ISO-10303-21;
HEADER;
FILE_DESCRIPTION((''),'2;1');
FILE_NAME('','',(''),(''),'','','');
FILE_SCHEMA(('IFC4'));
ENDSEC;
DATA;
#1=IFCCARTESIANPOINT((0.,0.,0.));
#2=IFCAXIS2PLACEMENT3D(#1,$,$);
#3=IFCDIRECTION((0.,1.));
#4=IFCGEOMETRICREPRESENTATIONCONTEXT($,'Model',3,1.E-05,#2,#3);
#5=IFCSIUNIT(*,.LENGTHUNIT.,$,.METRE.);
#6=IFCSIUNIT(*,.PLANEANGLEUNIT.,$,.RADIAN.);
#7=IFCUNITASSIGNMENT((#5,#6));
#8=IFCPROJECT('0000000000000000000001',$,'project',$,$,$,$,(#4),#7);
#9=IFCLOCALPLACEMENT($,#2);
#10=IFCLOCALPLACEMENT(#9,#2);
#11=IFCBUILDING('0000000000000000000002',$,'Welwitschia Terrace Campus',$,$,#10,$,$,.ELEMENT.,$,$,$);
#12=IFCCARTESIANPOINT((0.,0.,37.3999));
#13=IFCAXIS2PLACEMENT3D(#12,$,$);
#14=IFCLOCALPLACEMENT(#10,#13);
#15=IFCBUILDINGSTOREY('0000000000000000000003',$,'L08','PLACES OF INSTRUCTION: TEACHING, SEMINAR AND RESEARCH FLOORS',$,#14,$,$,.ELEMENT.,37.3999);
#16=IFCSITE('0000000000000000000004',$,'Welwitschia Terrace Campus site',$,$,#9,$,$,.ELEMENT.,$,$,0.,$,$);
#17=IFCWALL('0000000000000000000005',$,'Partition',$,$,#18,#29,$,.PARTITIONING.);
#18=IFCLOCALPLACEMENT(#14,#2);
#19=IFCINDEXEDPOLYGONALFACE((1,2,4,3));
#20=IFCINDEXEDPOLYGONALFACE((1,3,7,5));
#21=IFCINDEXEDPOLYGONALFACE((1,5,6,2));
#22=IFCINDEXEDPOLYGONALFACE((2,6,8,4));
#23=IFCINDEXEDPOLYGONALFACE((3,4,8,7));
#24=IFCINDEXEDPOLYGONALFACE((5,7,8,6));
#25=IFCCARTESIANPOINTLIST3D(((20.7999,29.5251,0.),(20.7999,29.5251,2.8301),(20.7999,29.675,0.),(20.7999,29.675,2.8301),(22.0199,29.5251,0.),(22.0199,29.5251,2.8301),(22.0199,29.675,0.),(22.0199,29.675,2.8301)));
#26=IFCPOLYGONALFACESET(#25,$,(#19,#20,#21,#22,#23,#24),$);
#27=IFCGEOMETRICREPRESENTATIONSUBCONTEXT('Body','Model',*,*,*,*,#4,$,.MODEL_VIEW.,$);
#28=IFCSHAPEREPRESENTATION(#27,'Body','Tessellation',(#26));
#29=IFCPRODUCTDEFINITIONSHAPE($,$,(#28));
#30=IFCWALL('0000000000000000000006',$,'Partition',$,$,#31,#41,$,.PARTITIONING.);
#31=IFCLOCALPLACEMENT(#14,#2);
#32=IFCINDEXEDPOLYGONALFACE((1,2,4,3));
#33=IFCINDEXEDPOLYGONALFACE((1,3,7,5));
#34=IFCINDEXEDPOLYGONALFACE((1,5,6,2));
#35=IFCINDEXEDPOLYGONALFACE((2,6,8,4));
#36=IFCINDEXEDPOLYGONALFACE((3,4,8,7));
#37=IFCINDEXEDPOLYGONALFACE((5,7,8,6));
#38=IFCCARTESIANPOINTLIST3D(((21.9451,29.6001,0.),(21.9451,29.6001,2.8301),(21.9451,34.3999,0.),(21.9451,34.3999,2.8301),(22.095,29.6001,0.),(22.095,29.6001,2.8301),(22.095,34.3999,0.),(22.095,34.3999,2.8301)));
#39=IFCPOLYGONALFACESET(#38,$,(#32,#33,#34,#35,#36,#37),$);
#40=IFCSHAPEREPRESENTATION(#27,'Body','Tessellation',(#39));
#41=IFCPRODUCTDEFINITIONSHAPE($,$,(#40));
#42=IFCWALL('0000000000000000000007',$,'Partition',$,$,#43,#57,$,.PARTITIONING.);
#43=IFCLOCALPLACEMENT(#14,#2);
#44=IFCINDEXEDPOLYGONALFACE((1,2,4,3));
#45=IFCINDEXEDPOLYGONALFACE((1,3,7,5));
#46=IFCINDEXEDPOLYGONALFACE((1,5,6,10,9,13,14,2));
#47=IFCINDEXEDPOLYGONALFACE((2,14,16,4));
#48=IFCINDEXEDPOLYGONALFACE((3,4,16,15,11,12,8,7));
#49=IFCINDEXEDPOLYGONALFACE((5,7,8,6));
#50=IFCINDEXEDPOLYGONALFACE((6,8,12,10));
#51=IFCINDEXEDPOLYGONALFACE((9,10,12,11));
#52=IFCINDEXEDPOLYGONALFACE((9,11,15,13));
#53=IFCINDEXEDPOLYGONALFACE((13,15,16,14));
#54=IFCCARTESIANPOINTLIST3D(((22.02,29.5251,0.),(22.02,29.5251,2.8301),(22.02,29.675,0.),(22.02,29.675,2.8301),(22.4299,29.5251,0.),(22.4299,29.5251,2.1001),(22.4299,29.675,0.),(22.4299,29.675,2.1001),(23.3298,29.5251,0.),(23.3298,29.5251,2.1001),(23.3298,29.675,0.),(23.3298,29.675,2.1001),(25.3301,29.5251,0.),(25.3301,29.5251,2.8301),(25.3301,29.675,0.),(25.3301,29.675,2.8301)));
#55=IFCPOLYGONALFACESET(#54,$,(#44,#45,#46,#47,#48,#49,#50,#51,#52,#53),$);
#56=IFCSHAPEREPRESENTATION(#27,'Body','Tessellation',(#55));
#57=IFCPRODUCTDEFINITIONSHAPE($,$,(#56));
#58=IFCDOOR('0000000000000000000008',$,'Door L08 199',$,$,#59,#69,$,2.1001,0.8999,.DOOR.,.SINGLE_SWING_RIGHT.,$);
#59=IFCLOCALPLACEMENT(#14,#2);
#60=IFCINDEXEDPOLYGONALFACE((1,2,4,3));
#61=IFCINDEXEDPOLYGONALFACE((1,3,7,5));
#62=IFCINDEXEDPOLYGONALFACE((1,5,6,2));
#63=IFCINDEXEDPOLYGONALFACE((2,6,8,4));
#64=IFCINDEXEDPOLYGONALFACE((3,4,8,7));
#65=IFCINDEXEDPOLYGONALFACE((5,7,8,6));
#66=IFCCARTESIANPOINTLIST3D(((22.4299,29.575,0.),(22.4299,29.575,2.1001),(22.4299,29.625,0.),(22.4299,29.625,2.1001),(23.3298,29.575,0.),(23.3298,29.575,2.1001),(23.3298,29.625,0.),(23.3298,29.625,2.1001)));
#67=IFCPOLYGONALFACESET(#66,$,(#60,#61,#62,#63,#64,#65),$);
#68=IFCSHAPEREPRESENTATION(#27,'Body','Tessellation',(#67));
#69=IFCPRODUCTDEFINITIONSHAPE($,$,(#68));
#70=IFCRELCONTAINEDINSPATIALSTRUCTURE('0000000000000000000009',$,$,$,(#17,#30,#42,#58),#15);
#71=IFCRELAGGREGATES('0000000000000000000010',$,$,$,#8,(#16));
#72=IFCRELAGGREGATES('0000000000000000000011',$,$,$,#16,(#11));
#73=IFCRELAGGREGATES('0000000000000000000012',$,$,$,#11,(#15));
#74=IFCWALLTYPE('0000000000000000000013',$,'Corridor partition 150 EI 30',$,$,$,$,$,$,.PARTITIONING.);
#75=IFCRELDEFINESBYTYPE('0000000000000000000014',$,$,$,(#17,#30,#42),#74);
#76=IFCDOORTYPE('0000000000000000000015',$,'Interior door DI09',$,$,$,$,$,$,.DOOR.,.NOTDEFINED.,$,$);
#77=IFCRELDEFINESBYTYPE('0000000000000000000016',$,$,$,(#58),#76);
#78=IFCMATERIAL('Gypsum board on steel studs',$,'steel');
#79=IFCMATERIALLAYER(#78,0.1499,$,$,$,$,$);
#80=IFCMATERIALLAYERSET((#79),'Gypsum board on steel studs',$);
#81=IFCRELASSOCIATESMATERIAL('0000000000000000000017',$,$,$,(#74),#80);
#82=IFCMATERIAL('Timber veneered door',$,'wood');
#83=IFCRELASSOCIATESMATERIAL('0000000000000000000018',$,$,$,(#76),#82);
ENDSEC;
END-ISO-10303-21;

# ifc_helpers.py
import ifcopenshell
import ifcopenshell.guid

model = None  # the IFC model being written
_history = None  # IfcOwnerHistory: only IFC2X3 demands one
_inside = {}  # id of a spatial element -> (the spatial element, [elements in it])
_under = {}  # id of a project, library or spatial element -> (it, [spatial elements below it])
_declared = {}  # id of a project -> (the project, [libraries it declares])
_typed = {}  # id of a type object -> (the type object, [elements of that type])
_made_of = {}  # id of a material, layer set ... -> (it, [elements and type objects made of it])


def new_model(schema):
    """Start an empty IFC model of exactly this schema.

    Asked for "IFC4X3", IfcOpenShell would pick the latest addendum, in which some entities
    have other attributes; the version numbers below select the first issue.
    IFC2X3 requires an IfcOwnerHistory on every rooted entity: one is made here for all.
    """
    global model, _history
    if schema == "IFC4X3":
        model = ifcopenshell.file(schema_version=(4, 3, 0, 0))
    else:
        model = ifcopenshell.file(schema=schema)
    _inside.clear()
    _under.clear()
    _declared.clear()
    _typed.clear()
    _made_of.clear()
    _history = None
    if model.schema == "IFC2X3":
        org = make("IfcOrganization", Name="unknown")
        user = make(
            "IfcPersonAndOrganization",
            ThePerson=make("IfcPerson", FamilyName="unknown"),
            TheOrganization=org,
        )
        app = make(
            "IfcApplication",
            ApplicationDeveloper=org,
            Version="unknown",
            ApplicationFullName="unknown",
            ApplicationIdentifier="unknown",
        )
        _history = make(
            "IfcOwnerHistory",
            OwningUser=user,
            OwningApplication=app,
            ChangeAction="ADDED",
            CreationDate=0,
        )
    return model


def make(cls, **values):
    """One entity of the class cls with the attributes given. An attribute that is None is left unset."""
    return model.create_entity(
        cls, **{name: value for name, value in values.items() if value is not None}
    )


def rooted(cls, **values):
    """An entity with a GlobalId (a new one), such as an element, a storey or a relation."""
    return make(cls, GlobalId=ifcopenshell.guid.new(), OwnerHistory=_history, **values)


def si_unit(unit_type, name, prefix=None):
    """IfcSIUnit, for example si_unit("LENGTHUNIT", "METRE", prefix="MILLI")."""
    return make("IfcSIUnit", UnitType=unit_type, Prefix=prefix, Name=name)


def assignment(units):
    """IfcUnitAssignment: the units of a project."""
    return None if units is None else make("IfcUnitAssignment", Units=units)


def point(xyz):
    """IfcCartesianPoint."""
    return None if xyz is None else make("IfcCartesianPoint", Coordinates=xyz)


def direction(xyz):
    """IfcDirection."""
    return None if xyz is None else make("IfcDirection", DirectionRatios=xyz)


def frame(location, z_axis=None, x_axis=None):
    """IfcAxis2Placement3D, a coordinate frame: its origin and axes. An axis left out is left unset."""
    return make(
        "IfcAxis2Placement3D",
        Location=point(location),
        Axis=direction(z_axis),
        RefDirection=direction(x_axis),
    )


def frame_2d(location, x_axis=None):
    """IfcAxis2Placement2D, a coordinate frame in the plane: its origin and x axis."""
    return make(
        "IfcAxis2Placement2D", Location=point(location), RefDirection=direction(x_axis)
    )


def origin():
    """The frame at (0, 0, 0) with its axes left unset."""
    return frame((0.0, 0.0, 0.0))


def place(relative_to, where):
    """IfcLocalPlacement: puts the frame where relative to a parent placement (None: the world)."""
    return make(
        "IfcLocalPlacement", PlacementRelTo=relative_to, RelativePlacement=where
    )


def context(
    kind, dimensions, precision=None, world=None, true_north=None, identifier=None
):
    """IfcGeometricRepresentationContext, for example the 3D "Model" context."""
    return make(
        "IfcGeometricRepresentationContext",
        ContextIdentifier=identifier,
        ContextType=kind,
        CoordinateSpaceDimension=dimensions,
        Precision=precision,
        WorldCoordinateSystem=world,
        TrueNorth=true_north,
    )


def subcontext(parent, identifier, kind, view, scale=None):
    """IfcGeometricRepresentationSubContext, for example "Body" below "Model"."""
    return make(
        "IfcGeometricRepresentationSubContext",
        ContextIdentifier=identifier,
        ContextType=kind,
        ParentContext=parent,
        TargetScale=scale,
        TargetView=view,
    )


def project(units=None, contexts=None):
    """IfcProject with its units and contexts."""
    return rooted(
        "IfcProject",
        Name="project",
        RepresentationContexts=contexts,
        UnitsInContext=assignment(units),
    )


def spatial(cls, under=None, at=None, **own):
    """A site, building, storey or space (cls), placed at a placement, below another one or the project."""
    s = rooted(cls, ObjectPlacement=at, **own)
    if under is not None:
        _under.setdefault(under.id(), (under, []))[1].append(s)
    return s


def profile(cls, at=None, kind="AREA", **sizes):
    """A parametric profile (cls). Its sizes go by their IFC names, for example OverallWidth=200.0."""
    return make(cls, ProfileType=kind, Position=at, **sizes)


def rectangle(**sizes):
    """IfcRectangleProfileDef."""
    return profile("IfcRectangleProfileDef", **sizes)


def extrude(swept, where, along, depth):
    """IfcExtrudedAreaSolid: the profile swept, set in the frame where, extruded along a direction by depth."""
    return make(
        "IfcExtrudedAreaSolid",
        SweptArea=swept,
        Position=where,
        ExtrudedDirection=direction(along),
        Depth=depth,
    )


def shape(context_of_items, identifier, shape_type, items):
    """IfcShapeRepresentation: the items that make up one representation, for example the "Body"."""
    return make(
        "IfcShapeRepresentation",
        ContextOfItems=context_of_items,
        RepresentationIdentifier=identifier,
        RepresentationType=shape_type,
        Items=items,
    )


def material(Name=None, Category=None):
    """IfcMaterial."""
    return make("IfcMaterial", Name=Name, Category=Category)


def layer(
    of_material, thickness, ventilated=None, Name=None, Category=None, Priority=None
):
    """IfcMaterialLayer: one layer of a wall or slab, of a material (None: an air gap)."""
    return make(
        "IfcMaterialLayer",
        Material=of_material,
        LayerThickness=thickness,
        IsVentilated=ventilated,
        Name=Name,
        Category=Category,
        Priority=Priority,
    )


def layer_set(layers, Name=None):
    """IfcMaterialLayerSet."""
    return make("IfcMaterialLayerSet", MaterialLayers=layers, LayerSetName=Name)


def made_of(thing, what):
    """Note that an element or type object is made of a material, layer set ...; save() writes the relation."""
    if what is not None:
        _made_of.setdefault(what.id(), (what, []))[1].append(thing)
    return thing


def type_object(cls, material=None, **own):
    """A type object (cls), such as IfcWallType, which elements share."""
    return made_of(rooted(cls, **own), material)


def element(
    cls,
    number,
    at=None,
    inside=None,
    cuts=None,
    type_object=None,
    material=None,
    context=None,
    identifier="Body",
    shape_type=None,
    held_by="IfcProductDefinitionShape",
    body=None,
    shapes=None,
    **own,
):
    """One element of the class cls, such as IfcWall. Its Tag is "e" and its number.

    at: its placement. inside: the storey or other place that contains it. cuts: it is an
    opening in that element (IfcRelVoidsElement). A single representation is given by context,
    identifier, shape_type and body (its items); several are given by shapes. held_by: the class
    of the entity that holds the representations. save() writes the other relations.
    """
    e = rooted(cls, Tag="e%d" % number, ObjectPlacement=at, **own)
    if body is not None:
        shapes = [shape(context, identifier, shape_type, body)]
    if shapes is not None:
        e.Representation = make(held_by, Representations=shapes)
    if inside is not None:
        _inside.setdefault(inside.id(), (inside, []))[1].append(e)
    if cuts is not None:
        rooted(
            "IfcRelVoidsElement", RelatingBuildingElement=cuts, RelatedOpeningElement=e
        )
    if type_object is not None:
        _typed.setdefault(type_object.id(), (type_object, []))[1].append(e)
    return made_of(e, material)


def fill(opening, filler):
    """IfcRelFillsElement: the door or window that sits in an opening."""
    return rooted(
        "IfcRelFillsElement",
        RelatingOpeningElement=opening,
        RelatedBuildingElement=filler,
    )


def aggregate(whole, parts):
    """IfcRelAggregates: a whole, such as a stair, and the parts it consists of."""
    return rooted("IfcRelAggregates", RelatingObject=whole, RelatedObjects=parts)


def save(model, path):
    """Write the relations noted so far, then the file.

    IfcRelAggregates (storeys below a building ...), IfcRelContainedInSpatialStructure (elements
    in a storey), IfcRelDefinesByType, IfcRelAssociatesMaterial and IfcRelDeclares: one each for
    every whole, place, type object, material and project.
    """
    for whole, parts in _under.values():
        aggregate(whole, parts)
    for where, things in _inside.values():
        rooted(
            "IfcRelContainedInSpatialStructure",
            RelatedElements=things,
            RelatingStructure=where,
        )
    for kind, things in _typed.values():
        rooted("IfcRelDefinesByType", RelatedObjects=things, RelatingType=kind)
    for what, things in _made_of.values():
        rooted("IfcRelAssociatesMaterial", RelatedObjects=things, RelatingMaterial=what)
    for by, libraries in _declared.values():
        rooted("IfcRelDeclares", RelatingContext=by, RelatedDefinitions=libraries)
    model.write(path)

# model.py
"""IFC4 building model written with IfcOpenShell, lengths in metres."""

from ifc_helpers import new_model, si_unit, direction, frame, frame_2d, origin, place, context, subcontext, project, spatial, rectangle, extrude, material, layer, layer_set, type_object, element, fill, save


model = new_model("IFC4")

# Units and contexts
model_context = context("Model", 3, precision=1e-05, world=origin(), true_north=direction((0.0, 1.0)))
body_context = subcontext(model_context, "Body", "Model", "MODEL_VIEW")
ifc_project = project(units=[si_unit("LENGTHUNIT", "METRE"), si_unit("PLANEANGLEUNIT", "RADIAN")], contexts=[model_context])

# Site, building, storey
site_placement = place(None, origin())
site = spatial("IfcSite", under=ifc_project, at=site_placement, Name="Welwitschia Terrace Campus site", CompositionType="ELEMENT", RefElevation=0.0)
building_placement = place(site_placement, origin())
building = spatial("IfcBuilding", under=site, at=building_placement, Name="Welwitschia Terrace Campus", CompositionType="ELEMENT")
storey_placement = place(building_placement, frame((0.0, 0.0, 37.3999)))
storey = spatial("IfcBuildingStorey", under=building, at=storey_placement, Name="L08", Description="PLACES OF INSTRUCTION: TEACHING, SEMINAR AND RESEARCH FLOORS", CompositionType="ELEMENT", Elevation=37.3999)

# Shared definitions
ifc_material_1 = material(Name="Gypsum board on steel studs", Category="steel")
ifc_layer_1 = layer(ifc_material_1, 0.1499)
ifc_layer_set_1 = layer_set([ifc_layer_1], Name="Gypsum board on steel studs")
wall_type = type_object("IfcWallType", Name="Corridor partition 150 EI 30", PredefinedType="PARTITIONING", material=ifc_layer_set_1)

# Shared definitions
ifc_material_2 = material(Name="Timber veneered door", Category="wood")
door_type = type_object("IfcDoorType", Name="Interior door DI09", OperationType="NOTDEFINED", PredefinedType="DOOR", material=ifc_material_2)

# Walls
wall_1_placement = place(storey_placement, frame((20.8, 29.6001, 0.0), z_axis=(0.0, 0.0, 1.0), x_axis=(1.0, 0.0, 0.0)))
element("IfcWall", 1, at=wall_1_placement, inside=storey, type_object=wall_type, Name="Partition", PredefinedType="PARTITIONING", context=body_context, shape_type="SweptSolid", body=[
    extrude(rectangle(XDim=1.22, YDim=0.1499, at=frame_2d((0.6099, 0.0))), origin(), (0.0, 0.0, 1.0), 2.8301),
])
wall_2_placement = place(storey_placement, frame((22.02, 29.6001, 0.0), z_axis=(0.0, 0.0, 1.0), x_axis=(0.0, 1.0, 0.0)))
element("IfcWall", 2, at=wall_2_placement, inside=storey, type_object=wall_type, Name="Partition", PredefinedType="PARTITIONING", context=body_context, shape_type="SweptSolid", body=[
    extrude(rectangle(XDim=4.7998, YDim=0.1499, at=frame_2d((2.3999, 0.0))), origin(), (0.0, 0.0, 1.0), 2.8301),
])

# Wall, opening, door
wall_3_placement = place(storey_placement, frame((22.02, 29.6001, 0.0), z_axis=(0.0, 0.0, 1.0), x_axis=(1.0, 0.0, 0.0)))
wall_3 = element("IfcWall", 3, at=wall_3_placement, inside=storey, type_object=wall_type, Name="Partition", PredefinedType="PARTITIONING", context=body_context, shape_type="SweptSolid", body=[
    extrude(rectangle(XDim=3.3101, YDim=0.1499, at=frame_2d((1.655, 0.0))), origin(), (0.0, 0.0, 1.0), 2.8301),
])
opening_1_placement = place(wall_3_placement, frame((0.4099, 0.0, 0.0)))
opening_1 = element("IfcOpeningElement", 4, at=opening_1_placement, cuts=wall_3, PredefinedType="OPENING", context=body_context, shape_type="SweptSolid", body=[
    extrude(rectangle(XDim=0.8999, YDim=2.1001, at=frame_2d((0.45, 1.05))), frame((0.0, 0.085, 0.0), z_axis=(0.0, -1.0, 0.0), x_axis=(1.0, 0.0, 0.0)), (0.0, 0.0, 1.0), 0.1699),
])
door_1_placement = place(opening_1_placement, origin())
door_1 = element("IfcDoor", 5, at=door_1_placement, inside=storey, type_object=door_type, Name="Door L08 199", OperationType="SINGLE_SWING_RIGHT", OverallHeight=2.1001, OverallWidth=0.8999, PredefinedType="DOOR", context=body_context, shape_type="SweptSolid", body=[
    extrude(rectangle(XDim=0.8999, YDim=2.1001, at=frame_2d((0.45, 1.05))), frame((0.0, 0.0249, 0.0), z_axis=(0.0, -1.0, 0.0), x_axis=(1.0, 0.0, 0.0)), (0.0, 0.0, 1.0), 0.05),
])
fill(opening_1, door_1)

save(model, "model.ifc")
